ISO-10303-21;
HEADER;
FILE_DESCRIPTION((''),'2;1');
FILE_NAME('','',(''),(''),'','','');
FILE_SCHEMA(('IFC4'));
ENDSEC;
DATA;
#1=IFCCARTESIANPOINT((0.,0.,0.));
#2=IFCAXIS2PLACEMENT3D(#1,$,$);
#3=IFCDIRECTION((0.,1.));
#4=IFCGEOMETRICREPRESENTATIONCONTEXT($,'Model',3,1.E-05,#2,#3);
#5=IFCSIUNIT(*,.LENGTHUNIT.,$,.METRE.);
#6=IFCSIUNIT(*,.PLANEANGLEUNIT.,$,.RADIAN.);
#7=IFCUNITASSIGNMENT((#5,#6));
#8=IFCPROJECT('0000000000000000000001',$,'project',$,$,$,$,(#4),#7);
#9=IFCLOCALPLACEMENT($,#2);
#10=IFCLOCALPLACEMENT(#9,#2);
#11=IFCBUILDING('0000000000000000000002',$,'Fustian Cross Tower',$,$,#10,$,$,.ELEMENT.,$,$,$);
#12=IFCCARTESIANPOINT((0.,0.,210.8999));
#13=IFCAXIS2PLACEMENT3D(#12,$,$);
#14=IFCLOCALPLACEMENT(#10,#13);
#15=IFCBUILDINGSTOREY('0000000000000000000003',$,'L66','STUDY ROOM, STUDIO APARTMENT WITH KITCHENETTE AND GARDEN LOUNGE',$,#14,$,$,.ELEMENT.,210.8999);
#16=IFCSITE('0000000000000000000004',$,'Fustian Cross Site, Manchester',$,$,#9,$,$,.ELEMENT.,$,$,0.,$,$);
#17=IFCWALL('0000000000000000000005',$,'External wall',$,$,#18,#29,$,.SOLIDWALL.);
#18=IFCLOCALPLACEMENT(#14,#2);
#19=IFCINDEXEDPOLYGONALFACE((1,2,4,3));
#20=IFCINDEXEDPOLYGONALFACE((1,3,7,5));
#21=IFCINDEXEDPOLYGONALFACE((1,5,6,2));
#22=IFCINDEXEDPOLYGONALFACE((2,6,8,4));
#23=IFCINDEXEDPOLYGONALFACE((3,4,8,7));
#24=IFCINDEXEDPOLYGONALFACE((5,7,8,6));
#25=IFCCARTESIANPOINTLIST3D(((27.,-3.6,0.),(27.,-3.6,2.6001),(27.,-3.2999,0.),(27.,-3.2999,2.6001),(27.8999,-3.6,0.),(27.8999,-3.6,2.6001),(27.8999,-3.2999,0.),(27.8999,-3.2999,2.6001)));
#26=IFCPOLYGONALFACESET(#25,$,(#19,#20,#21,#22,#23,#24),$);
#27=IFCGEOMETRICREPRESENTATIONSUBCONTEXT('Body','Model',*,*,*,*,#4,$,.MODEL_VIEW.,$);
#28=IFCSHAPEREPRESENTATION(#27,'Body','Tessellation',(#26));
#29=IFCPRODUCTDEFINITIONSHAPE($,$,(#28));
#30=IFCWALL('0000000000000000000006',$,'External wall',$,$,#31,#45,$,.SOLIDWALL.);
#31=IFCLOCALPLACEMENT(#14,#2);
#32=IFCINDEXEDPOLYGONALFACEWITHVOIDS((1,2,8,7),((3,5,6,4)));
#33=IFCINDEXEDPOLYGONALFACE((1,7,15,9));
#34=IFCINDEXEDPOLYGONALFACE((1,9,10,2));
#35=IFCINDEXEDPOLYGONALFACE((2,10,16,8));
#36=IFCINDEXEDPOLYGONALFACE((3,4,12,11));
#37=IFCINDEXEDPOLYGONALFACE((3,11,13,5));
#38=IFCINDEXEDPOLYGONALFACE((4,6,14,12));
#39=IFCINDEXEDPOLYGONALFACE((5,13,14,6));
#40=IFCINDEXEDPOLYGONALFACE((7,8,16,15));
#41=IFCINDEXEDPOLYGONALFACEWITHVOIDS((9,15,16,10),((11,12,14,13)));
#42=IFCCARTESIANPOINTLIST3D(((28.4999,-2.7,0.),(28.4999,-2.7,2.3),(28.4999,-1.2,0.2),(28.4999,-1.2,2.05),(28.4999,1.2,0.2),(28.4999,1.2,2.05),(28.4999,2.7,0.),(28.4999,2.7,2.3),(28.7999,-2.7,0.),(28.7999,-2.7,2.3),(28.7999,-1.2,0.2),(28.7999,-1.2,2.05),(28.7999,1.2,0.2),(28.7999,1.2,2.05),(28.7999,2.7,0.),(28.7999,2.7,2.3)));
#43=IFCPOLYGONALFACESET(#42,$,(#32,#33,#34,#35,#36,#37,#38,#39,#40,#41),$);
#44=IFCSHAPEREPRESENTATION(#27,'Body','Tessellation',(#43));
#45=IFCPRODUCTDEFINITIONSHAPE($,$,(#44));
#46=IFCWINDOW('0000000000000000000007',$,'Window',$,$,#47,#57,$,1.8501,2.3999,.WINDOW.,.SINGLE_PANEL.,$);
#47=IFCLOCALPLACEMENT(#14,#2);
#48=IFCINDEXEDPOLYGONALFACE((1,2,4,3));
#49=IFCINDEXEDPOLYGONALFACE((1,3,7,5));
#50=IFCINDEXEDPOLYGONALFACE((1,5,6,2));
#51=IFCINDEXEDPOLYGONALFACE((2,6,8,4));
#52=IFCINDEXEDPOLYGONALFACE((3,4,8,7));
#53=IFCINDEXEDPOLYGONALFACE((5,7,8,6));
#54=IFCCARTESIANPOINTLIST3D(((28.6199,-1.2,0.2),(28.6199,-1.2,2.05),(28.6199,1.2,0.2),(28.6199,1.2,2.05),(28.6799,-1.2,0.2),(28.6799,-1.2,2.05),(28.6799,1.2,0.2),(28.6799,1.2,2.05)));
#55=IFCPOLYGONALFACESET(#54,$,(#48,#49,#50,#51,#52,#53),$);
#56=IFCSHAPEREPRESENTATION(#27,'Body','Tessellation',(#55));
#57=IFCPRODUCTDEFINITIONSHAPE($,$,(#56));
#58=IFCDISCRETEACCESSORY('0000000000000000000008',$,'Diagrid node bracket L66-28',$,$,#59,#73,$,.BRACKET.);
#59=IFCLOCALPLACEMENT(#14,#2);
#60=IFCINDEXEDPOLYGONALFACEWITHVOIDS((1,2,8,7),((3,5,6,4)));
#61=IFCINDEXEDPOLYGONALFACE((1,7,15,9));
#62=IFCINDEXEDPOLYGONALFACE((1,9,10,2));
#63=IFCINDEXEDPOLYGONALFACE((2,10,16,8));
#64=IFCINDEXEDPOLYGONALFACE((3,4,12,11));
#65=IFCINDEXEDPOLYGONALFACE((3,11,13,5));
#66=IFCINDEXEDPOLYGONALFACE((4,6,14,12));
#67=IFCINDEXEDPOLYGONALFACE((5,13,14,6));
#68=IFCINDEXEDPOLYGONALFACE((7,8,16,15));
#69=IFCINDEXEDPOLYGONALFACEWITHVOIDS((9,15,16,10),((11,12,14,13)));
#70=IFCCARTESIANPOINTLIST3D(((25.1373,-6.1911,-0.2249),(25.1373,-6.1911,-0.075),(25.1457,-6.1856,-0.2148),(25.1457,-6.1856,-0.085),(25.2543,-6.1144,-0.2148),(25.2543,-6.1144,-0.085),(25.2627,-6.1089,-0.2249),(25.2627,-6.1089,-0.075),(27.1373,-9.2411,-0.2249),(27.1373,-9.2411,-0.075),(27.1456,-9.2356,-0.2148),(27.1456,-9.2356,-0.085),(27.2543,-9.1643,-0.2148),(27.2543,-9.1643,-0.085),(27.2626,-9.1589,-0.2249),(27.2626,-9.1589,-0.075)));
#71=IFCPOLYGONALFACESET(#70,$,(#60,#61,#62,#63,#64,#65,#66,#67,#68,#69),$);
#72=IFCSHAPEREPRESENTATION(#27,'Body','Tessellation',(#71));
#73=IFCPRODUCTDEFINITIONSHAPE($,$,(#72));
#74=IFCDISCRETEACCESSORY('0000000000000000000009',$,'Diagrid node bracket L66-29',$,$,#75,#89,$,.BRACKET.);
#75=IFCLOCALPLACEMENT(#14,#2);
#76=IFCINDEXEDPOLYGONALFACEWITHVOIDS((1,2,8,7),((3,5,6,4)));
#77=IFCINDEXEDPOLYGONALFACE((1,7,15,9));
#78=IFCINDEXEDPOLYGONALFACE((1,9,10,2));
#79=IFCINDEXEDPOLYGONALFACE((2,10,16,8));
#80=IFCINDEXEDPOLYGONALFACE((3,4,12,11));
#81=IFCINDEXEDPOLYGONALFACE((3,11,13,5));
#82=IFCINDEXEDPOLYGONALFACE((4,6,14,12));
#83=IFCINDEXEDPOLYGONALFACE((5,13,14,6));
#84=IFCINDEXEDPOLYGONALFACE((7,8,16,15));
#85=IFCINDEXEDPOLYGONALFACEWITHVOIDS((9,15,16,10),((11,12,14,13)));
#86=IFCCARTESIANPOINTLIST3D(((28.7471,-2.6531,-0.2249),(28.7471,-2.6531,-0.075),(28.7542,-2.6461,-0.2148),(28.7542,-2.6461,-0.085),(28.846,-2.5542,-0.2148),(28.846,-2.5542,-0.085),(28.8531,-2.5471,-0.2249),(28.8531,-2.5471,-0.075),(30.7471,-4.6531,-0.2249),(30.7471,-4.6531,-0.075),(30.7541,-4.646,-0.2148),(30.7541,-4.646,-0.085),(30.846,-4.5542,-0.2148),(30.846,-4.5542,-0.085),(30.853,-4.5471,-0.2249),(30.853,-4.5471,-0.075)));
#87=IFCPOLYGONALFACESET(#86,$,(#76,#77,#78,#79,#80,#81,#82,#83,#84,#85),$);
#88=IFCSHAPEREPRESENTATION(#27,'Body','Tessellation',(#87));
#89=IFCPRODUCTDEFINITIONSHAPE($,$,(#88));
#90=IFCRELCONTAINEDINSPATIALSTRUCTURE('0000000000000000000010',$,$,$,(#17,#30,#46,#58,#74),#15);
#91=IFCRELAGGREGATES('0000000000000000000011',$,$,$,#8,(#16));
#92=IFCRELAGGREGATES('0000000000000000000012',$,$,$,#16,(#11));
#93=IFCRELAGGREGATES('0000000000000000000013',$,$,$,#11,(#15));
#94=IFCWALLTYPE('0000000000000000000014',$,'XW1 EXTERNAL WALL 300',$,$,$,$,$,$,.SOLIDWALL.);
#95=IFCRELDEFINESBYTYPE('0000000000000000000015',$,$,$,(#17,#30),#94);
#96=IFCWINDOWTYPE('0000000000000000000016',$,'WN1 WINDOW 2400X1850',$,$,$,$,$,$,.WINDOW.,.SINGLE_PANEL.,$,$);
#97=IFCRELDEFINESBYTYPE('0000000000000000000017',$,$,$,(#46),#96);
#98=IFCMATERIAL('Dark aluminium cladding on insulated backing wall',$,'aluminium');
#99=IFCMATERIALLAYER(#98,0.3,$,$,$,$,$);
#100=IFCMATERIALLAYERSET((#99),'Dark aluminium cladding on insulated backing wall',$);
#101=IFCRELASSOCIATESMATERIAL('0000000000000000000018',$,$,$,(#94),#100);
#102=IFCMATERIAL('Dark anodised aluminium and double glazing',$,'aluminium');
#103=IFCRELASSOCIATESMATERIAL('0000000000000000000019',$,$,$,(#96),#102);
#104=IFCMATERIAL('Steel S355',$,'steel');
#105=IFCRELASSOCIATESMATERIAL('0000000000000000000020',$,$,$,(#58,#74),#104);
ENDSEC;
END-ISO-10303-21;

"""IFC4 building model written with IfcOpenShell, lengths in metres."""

from ifc_helpers import new_model, si_unit, direction, frame, frame_2d, origin, origin_2d, place, context, subcontext, project, spatial, rectangle, hollow_rectangle, extrude, material, layer, layer_set, type_object, element, fill, save


model = new_model("IFC4")

# Units and contexts
model_context = context("Model", 3, precision=1e-05, world=origin(), true_north=direction((0.0, 1.0)))
body_context = subcontext(model_context, "Body", "Model", "MODEL_VIEW")
ifc_project = project(units=[si_unit("LENGTHUNIT", "METRE"), si_unit("PLANEANGLEUNIT", "RADIAN")], contexts=[model_context])

# Site, building, storey
site_placement = place(None, origin())
site = spatial("IfcSite", under=ifc_project, at=site_placement, Name="Fustian Cross Site, Manchester", CompositionType="ELEMENT", RefElevation=0.0)
building_placement = place(site_placement, origin())
building = spatial("IfcBuilding", under=site, at=building_placement, Name="Fustian Cross Tower", CompositionType="ELEMENT")
storey_placement = place(building_placement, frame((0.0, 0.0, 210.8999)))
storey = spatial("IfcBuildingStorey", under=building, at=storey_placement, Name="L66", Description="STUDY ROOM, STUDIO APARTMENT WITH KITCHENETTE AND GARDEN LOUNGE", CompositionType="ELEMENT", Elevation=210.8999)

# Shared definitions
ifc_material_1 = material(Name="Dark aluminium cladding on insulated backing wall", Category="aluminium")
ifc_layer_1 = layer(ifc_material_1, 0.3)
ifc_layer_set_1 = layer_set([ifc_layer_1], Name="Dark aluminium cladding on insulated backing wall")
wall_type_1 = type_object("IfcWallType", Name="XW1 EXTERNAL WALL 300", PredefinedType="SOLIDWALL", material=ifc_layer_set_1)

# Wall
wall_1_placement = place(storey_placement, frame((27.0, -3.45, 0.0), z_axis=(0.0, 0.0, 1.0), x_axis=(1.0, 0.0, 0.0)))
element("IfcWall", 1, at=wall_1_placement, inside=storey, type_object=wall_type_1, Name="External wall", PredefinedType="SOLIDWALL", context=body_context, shape_type="SweptSolid", body=[
    extrude(rectangle(XDim=0.8999, YDim=0.3, at=frame_2d((0.45, 0.0))), origin(), (0.0, 0.0, 1.0), 2.6001),
])

# Wall, opening, window
wall_2_placement = place(storey_placement, frame((28.6499, -2.7, 0.0), z_axis=(0.0, 0.0, 1.0), x_axis=(0.0, 1.0, 0.0)))
wall_2 = element("IfcWall", 2, at=wall_2_placement, inside=storey, type_object=wall_type_1, Name="External wall", PredefinedType="SOLIDWALL", context=body_context, shape_type="SweptSolid", body=[
    extrude(rectangle(XDim=5.3999, YDim=0.3, at=frame_2d((2.7, 0.0))), origin(), (0.0, 0.0, 1.0), 2.3),
])
opening_1_placement = place(wall_2_placement, frame((1.5, 0.0, 0.2)))
opening_1 = element("IfcOpeningElement", 3, at=opening_1_placement, cuts=wall_2, PredefinedType="OPENING", context=body_context, shape_type="SweptSolid", body=[
    extrude(rectangle(XDim=2.3999, YDim=1.8501, at=frame_2d((1.2, 0.925))), frame((0.0, 0.1599, 0.0), z_axis=(0.0, -1.0, 0.0), x_axis=(1.0, 0.0, 0.0)), (0.0, 0.0, 1.0), 0.3201),
])
ifc_material_2 = material(Name="Dark anodised aluminium and double glazing", Category="aluminium")
window_type_1 = type_object("IfcWindowType", Name="WN1 WINDOW 2400X1850", PartitioningType="SINGLE_PANEL", PredefinedType="WINDOW", material=ifc_material_2)
window_1_placement = place(opening_1_placement, origin())
window_1 = element("IfcWindow", 4, at=window_1_placement, inside=storey, type_object=window_type_1, Name="Window", OverallHeight=1.8501, OverallWidth=2.3999, PartitioningType="SINGLE_PANEL", PredefinedType="WINDOW", context=body_context, shape_type="SweptSolid", body=[
    extrude(rectangle(XDim=2.3999, YDim=1.8501, at=frame_2d((1.2, 0.925))), frame((0.0, 0.03, 0.0), z_axis=(0.0, -1.0, 0.0), x_axis=(1.0, 0.0, 0.0)), (0.0, 0.0, 1.0), 0.0601),
])
fill(opening_1, window_1)

# Discrete accessories
ifc_material_3 = material(Name="Steel S355", Category="steel")
discrete_accessory_1_placement = place(storey_placement, frame((27.2, -9.2, -0.1499), z_axis=(-0.548351, 0.836248, 0.0), x_axis=(-0.836248, -0.548351, 0.0)))
element("IfcDiscreteAccessory", 5, at=discrete_accessory_1_placement, inside=storey, material=ifc_material_3, Name="Diagrid node bracket L66-28", PredefinedType="BRACKET", context=body_context, shape_type="SweptSolid", body=[
    extrude(hollow_rectangle(XDim=0.1499, YDim=0.1499, WallThickness=0.01, at=origin_2d()), origin(), (0.0, 0.0, 1.0), 3.6472),
])
discrete_accessory_2_placement = place(storey_placement, frame((30.8, -4.6001, -0.1499), z_axis=(-0.707107, 0.707107, 0.0), x_axis=(-0.707107, -0.707107, 0.0)))
element("IfcDiscreteAccessory", 6, at=discrete_accessory_2_placement, inside=storey, material=ifc_material_3, Name="Diagrid node bracket L66-29", PredefinedType="BRACKET", context=body_context, shape_type="SweptSolid", body=[
    extrude(hollow_rectangle(XDim=0.1499, YDim=0.1499, WallThickness=0.01, at=origin_2d()), origin(), (0.0, 0.0, 1.0), 2.8284),
])

save(model, "model.ifc")
